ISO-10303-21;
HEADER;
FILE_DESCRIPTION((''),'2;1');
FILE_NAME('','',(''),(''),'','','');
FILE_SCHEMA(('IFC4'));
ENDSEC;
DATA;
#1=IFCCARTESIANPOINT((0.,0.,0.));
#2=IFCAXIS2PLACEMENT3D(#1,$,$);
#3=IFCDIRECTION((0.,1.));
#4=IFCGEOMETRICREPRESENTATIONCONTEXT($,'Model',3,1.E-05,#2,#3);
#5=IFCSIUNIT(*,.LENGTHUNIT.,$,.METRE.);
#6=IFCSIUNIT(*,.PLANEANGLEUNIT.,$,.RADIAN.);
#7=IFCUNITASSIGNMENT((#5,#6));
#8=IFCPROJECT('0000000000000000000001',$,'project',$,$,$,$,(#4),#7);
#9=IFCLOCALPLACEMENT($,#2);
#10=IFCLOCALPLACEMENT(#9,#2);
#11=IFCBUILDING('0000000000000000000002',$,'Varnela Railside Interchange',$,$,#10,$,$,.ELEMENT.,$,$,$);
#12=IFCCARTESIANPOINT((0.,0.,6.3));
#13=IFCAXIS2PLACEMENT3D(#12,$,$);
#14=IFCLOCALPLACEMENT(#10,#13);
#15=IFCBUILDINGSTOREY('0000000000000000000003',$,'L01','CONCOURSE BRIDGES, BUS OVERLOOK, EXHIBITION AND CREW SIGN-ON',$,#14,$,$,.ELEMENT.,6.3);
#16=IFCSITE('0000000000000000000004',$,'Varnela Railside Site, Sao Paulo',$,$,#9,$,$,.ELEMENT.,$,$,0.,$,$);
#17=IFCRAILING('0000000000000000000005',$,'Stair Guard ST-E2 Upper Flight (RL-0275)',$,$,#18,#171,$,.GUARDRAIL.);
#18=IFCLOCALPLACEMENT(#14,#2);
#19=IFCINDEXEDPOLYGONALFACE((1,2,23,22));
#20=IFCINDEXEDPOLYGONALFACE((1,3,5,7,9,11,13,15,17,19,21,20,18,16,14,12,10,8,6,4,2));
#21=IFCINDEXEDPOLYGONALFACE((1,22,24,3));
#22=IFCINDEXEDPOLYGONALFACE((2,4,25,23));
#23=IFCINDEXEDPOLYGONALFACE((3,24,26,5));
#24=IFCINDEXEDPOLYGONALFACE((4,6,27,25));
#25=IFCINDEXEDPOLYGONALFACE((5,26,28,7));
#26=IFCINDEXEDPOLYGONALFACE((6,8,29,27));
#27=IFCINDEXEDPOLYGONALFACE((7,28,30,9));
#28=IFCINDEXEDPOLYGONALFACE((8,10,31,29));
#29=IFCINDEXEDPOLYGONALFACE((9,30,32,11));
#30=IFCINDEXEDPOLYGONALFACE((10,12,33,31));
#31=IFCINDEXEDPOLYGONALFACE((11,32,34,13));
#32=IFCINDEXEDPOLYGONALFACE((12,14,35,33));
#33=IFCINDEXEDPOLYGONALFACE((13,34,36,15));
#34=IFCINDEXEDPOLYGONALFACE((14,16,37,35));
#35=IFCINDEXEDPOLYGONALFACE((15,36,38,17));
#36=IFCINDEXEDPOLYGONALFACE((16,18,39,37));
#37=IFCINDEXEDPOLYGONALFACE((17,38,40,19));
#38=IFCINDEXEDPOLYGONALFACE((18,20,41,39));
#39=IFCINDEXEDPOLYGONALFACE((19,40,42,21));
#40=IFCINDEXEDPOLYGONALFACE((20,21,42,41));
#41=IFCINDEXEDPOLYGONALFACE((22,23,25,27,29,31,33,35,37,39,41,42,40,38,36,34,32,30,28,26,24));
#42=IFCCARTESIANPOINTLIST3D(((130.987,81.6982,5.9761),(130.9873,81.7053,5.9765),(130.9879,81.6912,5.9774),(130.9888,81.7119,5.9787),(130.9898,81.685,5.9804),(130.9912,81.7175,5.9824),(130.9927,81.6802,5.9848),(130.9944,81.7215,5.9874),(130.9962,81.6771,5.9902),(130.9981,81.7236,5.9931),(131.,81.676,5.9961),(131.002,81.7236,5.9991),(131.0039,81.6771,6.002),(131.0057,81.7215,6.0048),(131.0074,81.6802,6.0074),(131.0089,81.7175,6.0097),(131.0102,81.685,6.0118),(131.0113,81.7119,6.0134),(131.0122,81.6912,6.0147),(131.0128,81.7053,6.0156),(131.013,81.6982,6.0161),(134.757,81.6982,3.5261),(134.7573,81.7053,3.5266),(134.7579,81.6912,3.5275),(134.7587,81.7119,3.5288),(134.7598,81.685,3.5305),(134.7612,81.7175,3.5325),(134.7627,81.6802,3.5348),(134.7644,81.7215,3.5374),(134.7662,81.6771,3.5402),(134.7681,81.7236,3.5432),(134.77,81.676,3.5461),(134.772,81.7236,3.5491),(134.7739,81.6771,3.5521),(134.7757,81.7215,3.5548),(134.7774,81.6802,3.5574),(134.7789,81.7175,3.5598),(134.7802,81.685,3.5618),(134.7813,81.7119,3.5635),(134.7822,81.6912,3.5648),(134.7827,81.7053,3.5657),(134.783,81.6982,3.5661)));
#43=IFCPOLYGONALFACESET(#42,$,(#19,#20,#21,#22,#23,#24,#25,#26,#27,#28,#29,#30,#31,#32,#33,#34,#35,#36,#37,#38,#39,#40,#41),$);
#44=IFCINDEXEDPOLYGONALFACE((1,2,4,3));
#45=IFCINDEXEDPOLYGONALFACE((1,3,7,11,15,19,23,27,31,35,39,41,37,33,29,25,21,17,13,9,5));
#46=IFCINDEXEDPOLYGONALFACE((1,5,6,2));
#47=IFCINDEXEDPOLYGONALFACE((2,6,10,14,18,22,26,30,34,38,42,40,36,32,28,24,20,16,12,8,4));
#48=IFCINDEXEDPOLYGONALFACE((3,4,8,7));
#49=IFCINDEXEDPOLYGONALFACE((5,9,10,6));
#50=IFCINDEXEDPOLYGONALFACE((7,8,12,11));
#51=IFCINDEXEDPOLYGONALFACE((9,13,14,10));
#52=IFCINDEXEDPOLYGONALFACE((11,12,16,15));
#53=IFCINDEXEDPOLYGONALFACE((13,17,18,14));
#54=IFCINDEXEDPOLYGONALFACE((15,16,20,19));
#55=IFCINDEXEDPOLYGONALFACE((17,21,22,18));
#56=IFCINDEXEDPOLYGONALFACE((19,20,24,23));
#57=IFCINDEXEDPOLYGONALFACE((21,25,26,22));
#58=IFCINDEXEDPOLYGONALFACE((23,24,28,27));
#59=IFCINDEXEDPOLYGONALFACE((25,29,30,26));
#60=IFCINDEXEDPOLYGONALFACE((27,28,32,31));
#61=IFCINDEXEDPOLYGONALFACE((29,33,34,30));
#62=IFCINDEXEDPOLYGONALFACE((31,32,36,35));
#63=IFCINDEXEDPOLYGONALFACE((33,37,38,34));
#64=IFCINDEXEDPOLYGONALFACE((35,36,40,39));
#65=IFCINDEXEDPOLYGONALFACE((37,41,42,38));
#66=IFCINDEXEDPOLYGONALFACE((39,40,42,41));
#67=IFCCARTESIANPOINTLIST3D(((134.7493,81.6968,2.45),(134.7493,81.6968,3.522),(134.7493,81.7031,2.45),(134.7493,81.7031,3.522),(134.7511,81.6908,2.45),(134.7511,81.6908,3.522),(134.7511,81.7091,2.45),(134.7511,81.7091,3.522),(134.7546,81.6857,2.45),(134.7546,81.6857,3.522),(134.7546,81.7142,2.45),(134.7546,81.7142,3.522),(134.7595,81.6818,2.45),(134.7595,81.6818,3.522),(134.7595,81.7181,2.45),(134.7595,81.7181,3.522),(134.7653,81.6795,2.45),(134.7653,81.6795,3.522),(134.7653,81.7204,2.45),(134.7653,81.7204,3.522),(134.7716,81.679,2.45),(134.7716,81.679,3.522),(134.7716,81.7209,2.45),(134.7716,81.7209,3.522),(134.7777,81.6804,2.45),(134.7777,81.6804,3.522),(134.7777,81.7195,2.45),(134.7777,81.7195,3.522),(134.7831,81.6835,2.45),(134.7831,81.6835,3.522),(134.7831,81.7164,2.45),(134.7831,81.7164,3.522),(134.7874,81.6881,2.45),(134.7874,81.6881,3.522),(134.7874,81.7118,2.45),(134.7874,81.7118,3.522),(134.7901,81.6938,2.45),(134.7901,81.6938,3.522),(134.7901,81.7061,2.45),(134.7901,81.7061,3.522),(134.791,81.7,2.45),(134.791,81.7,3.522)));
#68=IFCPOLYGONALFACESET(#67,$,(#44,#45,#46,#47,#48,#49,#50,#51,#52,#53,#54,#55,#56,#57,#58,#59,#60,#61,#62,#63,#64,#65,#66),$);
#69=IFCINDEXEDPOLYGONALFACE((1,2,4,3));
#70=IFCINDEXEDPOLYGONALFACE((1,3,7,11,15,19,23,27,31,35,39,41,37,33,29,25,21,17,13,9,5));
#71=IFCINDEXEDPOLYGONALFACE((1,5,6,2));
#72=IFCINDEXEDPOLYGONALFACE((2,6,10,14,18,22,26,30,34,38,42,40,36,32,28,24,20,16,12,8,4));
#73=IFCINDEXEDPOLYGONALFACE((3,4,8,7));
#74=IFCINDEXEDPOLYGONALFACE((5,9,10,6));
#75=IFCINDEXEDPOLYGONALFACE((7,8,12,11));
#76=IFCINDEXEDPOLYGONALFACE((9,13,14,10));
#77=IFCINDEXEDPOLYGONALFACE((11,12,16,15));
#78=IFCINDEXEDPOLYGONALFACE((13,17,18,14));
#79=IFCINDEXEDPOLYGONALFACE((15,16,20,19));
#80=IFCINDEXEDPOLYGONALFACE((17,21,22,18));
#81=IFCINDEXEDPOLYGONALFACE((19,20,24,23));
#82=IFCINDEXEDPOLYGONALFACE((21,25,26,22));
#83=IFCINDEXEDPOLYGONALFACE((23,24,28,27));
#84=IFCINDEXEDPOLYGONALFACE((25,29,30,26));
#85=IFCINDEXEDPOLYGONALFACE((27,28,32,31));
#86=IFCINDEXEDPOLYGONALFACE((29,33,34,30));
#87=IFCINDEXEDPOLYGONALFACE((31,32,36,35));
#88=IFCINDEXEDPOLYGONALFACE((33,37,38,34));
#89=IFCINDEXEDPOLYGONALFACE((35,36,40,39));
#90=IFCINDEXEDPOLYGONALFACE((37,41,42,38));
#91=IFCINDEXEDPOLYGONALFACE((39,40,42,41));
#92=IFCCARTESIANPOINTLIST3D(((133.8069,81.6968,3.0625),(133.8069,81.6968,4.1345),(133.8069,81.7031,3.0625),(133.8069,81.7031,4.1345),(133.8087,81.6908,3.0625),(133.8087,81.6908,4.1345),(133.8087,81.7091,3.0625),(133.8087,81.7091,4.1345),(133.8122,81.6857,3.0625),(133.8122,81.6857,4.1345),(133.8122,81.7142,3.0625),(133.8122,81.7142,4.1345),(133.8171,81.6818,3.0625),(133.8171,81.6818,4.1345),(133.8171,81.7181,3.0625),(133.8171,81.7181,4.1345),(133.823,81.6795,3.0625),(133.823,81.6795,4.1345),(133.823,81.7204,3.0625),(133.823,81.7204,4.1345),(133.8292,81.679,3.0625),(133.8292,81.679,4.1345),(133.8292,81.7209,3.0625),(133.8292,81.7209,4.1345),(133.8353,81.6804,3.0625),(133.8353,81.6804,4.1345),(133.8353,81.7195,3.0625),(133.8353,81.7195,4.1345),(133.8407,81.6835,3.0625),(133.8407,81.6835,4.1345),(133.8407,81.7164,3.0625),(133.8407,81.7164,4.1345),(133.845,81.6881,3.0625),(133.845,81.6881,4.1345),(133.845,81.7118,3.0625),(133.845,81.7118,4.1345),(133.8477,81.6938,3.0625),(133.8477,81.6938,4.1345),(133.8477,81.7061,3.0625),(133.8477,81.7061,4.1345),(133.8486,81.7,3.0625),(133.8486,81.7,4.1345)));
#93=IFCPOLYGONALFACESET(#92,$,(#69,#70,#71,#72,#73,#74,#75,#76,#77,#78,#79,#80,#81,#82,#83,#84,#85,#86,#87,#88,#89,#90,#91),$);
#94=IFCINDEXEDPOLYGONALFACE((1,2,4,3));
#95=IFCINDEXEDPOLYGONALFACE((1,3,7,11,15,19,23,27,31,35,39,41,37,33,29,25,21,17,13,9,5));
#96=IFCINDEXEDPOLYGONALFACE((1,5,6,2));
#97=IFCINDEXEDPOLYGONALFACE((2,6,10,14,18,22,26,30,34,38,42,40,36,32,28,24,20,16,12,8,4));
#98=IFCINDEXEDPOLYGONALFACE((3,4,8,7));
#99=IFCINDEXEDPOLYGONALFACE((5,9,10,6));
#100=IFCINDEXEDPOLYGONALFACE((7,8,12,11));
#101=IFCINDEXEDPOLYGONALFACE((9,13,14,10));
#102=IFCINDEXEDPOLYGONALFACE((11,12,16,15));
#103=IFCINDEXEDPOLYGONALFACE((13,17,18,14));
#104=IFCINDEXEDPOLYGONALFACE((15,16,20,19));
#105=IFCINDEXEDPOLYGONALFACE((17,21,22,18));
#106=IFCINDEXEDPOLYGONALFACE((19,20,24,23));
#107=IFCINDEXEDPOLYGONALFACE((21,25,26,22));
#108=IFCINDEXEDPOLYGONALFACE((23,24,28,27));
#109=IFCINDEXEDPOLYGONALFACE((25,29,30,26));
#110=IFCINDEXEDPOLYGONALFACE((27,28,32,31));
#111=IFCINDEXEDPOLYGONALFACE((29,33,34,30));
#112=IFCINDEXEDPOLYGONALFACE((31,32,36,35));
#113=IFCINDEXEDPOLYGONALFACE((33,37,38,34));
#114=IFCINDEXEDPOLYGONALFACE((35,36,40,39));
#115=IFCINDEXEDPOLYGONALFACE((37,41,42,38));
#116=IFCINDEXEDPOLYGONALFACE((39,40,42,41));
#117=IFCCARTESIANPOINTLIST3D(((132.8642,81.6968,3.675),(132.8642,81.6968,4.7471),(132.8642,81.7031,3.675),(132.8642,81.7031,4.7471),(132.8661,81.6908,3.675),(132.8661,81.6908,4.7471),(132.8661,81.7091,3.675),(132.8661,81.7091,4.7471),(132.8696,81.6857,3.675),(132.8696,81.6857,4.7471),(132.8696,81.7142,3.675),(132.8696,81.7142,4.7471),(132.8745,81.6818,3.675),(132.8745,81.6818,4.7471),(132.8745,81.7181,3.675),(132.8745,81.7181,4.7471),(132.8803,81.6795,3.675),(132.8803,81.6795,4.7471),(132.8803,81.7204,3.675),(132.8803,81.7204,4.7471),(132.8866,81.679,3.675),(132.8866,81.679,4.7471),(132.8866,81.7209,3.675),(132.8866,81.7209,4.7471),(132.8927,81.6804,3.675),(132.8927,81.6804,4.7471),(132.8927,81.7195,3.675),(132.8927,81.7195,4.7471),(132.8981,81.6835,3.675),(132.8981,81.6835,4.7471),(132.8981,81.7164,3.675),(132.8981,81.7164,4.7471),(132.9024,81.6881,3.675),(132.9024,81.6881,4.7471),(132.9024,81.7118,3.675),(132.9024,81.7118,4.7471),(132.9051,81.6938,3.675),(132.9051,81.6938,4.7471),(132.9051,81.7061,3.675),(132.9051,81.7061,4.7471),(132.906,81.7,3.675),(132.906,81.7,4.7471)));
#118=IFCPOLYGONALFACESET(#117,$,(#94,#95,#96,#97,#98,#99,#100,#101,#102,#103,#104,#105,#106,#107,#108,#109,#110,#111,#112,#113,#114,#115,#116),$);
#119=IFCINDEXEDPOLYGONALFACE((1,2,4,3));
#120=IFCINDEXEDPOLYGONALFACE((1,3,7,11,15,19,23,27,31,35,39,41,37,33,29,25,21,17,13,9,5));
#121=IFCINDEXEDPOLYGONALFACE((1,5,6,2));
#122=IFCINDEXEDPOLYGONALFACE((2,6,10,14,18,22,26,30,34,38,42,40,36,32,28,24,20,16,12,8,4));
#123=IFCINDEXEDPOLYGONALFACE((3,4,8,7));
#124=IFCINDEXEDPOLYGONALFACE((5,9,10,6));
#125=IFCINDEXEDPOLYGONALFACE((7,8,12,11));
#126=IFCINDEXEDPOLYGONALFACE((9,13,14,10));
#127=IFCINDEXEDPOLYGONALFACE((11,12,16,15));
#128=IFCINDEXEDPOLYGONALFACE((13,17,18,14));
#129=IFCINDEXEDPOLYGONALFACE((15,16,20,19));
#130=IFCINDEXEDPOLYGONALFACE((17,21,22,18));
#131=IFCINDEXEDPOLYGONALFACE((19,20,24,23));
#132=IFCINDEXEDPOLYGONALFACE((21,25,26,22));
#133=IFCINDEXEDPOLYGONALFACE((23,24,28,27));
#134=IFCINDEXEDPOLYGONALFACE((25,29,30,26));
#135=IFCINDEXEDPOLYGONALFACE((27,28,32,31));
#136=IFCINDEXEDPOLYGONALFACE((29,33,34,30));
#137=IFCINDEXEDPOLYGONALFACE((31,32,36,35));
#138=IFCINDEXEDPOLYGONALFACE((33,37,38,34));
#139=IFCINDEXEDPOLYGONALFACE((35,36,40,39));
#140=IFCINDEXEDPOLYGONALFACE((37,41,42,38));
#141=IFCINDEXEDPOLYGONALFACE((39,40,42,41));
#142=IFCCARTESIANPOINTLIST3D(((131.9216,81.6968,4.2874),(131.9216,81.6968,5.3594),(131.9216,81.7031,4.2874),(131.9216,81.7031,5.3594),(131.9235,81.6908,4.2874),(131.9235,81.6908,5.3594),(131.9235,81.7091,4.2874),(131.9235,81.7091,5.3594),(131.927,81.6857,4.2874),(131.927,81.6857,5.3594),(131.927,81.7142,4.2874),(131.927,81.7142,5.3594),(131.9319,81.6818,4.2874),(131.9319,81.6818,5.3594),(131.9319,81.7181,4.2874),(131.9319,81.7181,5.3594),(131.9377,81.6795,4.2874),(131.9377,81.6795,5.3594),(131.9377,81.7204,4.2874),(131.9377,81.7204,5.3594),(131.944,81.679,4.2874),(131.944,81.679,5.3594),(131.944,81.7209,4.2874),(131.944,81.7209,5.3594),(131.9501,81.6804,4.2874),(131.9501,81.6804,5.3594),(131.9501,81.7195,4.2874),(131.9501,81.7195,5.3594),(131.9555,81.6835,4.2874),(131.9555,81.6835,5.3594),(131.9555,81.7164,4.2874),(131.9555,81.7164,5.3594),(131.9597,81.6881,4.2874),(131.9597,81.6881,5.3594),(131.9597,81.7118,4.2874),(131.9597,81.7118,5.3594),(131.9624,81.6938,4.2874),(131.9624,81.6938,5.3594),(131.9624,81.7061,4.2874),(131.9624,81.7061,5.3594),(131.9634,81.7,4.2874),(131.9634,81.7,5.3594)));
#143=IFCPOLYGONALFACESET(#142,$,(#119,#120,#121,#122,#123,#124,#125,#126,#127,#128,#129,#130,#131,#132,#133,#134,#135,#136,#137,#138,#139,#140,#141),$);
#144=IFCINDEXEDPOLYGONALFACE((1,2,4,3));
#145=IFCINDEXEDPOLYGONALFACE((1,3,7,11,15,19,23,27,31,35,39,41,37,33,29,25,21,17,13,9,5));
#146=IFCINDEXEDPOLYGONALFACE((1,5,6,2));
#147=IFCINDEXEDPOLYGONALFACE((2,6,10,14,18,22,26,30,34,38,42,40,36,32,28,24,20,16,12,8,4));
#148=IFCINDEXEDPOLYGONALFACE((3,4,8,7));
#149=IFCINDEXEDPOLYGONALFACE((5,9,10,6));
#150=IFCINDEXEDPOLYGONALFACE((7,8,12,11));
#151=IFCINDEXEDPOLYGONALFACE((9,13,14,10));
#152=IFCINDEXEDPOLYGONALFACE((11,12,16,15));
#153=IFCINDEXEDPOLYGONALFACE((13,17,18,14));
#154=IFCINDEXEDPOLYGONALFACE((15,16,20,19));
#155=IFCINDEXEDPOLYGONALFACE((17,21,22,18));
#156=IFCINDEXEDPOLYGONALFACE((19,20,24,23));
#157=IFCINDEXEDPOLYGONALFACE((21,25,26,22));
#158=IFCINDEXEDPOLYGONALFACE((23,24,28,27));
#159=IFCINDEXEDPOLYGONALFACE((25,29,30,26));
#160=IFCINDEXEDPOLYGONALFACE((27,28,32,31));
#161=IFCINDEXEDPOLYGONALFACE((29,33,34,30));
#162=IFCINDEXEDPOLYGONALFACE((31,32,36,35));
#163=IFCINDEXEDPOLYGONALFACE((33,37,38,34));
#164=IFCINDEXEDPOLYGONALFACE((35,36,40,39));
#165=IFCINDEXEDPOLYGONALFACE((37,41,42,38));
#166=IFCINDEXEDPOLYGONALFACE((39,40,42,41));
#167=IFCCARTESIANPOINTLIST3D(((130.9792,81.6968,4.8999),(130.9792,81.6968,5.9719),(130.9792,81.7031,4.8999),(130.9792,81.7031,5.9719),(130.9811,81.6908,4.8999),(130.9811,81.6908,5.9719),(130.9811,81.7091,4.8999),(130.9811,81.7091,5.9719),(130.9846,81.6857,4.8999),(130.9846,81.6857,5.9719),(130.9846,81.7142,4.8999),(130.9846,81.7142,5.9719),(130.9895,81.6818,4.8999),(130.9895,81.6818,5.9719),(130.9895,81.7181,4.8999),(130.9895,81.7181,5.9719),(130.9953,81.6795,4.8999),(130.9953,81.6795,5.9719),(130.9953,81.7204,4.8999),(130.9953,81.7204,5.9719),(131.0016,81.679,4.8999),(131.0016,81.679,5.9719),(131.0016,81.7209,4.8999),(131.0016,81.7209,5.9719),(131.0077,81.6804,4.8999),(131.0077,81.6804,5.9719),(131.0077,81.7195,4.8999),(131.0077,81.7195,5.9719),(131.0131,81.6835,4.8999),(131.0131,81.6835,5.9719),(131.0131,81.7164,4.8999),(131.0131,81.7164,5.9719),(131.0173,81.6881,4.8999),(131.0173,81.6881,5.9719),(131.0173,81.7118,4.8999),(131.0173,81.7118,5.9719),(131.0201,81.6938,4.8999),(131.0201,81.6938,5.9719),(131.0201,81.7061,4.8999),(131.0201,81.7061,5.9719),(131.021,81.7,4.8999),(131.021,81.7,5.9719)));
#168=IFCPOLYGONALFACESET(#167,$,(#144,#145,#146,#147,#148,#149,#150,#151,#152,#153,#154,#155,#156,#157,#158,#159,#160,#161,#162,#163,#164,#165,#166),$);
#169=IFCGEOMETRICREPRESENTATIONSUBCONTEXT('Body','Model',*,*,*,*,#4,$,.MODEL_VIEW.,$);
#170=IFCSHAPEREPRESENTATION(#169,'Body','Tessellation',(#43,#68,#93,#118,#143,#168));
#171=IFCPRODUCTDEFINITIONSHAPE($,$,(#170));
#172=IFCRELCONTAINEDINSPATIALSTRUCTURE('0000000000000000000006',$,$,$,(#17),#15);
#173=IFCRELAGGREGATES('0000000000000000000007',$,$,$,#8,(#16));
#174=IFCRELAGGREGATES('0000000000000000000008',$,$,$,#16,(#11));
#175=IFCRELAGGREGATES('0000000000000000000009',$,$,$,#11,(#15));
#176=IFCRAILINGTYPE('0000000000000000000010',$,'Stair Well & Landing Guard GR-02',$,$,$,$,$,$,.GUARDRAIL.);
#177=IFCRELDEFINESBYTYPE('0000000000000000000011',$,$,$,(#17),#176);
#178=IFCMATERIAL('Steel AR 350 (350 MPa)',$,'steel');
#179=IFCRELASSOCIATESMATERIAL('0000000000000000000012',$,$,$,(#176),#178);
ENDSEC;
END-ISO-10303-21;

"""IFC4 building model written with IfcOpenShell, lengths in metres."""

from ifc_helpers import new_model, si_unit, direction, frame, origin, origin_2d, place, context, subcontext, project, spatial, circle, extrude, material, type_object, element, save


model = new_model("IFC4")

# Units and contexts
model_context = context("Model", 3, precision=1e-05, world=origin(), true_north=direction((0.0, 1.0)))
body_context = subcontext(model_context, "Body", "Model", "MODEL_VIEW")
ifc_project = project(units=[si_unit("LENGTHUNIT", "METRE"), si_unit("PLANEANGLEUNIT", "RADIAN")], contexts=[model_context])

# Site, building, storey
site_placement = place(None, origin())
site = spatial("IfcSite", under=ifc_project, at=site_placement, Name="Varnela Railside Site, Sao Paulo", CompositionType="ELEMENT", RefElevation=0.0)
building_placement = place(site_placement, origin())
building = spatial("IfcBuilding", under=site, at=building_placement, Name="Varnela Railside Interchange", CompositionType="ELEMENT")
storey_placement = place(building_placement, frame((0.0, 0.0, 6.3)))
storey = spatial("IfcBuildingStorey", under=building, at=storey_placement, Name="L01", Description="CONCOURSE BRIDGES, BUS OVERLOOK, EXHIBITION AND CREW SIGN-ON", CompositionType="ELEMENT", Elevation=6.3)

# Shared definitions
ifc_material_1 = material(Name="Steel AR 350 (350 MPa)", Category="steel")

# Railing
railing_type_1 = type_object("IfcRailingType", Name="Stair Well & Landing Guard GR-02", PredefinedType="GUARDRAIL", material=ifc_material_1)
railing_1_placement = place(storey_placement, frame((134.77, 81.7, 2.45)))
element("IfcRailing", 1, at=railing_1_placement, inside=storey, type_object=railing_type_1, Name="Stair Guard ST-E2 Upper Flight (RL-0275)", PredefinedType="GUARDRAIL", context=body_context, shape_type="SweptSolid", body=[
    extrude(circle(Radius=0.0239, at=origin_2d()), frame((0.0, 0.0, 1.0962), z_axis=(-0.838501, 0.0, 0.544901), x_axis=(0.0, -1.0, 0.0)), (0.0, 0.0, 1.0), 4.4961),
    extrude(circle(Radius=0.021, at=origin_2d()), origin(), (0.0, 0.0, 1.0), 1.072),
    extrude(circle(Radius=0.021, at=origin_2d()), frame((-0.9424, 0.0, 0.6125)), (0.0, 0.0, 1.0), 1.072),
    extrude(circle(Radius=0.021, at=origin_2d()), frame((-1.885, 0.0, 1.2251)), (0.0, 0.0, 1.0), 1.072),
    extrude(circle(Radius=0.021, at=origin_2d()), frame((-2.8276, 0.0, 1.8374)), (0.0, 0.0, 1.0), 1.072),
    extrude(circle(Radius=0.021, at=origin_2d()), frame((-3.77, 0.0, 2.45)), (0.0, 0.0, 1.0), 1.072),
])

save(model, "model.ifc")
